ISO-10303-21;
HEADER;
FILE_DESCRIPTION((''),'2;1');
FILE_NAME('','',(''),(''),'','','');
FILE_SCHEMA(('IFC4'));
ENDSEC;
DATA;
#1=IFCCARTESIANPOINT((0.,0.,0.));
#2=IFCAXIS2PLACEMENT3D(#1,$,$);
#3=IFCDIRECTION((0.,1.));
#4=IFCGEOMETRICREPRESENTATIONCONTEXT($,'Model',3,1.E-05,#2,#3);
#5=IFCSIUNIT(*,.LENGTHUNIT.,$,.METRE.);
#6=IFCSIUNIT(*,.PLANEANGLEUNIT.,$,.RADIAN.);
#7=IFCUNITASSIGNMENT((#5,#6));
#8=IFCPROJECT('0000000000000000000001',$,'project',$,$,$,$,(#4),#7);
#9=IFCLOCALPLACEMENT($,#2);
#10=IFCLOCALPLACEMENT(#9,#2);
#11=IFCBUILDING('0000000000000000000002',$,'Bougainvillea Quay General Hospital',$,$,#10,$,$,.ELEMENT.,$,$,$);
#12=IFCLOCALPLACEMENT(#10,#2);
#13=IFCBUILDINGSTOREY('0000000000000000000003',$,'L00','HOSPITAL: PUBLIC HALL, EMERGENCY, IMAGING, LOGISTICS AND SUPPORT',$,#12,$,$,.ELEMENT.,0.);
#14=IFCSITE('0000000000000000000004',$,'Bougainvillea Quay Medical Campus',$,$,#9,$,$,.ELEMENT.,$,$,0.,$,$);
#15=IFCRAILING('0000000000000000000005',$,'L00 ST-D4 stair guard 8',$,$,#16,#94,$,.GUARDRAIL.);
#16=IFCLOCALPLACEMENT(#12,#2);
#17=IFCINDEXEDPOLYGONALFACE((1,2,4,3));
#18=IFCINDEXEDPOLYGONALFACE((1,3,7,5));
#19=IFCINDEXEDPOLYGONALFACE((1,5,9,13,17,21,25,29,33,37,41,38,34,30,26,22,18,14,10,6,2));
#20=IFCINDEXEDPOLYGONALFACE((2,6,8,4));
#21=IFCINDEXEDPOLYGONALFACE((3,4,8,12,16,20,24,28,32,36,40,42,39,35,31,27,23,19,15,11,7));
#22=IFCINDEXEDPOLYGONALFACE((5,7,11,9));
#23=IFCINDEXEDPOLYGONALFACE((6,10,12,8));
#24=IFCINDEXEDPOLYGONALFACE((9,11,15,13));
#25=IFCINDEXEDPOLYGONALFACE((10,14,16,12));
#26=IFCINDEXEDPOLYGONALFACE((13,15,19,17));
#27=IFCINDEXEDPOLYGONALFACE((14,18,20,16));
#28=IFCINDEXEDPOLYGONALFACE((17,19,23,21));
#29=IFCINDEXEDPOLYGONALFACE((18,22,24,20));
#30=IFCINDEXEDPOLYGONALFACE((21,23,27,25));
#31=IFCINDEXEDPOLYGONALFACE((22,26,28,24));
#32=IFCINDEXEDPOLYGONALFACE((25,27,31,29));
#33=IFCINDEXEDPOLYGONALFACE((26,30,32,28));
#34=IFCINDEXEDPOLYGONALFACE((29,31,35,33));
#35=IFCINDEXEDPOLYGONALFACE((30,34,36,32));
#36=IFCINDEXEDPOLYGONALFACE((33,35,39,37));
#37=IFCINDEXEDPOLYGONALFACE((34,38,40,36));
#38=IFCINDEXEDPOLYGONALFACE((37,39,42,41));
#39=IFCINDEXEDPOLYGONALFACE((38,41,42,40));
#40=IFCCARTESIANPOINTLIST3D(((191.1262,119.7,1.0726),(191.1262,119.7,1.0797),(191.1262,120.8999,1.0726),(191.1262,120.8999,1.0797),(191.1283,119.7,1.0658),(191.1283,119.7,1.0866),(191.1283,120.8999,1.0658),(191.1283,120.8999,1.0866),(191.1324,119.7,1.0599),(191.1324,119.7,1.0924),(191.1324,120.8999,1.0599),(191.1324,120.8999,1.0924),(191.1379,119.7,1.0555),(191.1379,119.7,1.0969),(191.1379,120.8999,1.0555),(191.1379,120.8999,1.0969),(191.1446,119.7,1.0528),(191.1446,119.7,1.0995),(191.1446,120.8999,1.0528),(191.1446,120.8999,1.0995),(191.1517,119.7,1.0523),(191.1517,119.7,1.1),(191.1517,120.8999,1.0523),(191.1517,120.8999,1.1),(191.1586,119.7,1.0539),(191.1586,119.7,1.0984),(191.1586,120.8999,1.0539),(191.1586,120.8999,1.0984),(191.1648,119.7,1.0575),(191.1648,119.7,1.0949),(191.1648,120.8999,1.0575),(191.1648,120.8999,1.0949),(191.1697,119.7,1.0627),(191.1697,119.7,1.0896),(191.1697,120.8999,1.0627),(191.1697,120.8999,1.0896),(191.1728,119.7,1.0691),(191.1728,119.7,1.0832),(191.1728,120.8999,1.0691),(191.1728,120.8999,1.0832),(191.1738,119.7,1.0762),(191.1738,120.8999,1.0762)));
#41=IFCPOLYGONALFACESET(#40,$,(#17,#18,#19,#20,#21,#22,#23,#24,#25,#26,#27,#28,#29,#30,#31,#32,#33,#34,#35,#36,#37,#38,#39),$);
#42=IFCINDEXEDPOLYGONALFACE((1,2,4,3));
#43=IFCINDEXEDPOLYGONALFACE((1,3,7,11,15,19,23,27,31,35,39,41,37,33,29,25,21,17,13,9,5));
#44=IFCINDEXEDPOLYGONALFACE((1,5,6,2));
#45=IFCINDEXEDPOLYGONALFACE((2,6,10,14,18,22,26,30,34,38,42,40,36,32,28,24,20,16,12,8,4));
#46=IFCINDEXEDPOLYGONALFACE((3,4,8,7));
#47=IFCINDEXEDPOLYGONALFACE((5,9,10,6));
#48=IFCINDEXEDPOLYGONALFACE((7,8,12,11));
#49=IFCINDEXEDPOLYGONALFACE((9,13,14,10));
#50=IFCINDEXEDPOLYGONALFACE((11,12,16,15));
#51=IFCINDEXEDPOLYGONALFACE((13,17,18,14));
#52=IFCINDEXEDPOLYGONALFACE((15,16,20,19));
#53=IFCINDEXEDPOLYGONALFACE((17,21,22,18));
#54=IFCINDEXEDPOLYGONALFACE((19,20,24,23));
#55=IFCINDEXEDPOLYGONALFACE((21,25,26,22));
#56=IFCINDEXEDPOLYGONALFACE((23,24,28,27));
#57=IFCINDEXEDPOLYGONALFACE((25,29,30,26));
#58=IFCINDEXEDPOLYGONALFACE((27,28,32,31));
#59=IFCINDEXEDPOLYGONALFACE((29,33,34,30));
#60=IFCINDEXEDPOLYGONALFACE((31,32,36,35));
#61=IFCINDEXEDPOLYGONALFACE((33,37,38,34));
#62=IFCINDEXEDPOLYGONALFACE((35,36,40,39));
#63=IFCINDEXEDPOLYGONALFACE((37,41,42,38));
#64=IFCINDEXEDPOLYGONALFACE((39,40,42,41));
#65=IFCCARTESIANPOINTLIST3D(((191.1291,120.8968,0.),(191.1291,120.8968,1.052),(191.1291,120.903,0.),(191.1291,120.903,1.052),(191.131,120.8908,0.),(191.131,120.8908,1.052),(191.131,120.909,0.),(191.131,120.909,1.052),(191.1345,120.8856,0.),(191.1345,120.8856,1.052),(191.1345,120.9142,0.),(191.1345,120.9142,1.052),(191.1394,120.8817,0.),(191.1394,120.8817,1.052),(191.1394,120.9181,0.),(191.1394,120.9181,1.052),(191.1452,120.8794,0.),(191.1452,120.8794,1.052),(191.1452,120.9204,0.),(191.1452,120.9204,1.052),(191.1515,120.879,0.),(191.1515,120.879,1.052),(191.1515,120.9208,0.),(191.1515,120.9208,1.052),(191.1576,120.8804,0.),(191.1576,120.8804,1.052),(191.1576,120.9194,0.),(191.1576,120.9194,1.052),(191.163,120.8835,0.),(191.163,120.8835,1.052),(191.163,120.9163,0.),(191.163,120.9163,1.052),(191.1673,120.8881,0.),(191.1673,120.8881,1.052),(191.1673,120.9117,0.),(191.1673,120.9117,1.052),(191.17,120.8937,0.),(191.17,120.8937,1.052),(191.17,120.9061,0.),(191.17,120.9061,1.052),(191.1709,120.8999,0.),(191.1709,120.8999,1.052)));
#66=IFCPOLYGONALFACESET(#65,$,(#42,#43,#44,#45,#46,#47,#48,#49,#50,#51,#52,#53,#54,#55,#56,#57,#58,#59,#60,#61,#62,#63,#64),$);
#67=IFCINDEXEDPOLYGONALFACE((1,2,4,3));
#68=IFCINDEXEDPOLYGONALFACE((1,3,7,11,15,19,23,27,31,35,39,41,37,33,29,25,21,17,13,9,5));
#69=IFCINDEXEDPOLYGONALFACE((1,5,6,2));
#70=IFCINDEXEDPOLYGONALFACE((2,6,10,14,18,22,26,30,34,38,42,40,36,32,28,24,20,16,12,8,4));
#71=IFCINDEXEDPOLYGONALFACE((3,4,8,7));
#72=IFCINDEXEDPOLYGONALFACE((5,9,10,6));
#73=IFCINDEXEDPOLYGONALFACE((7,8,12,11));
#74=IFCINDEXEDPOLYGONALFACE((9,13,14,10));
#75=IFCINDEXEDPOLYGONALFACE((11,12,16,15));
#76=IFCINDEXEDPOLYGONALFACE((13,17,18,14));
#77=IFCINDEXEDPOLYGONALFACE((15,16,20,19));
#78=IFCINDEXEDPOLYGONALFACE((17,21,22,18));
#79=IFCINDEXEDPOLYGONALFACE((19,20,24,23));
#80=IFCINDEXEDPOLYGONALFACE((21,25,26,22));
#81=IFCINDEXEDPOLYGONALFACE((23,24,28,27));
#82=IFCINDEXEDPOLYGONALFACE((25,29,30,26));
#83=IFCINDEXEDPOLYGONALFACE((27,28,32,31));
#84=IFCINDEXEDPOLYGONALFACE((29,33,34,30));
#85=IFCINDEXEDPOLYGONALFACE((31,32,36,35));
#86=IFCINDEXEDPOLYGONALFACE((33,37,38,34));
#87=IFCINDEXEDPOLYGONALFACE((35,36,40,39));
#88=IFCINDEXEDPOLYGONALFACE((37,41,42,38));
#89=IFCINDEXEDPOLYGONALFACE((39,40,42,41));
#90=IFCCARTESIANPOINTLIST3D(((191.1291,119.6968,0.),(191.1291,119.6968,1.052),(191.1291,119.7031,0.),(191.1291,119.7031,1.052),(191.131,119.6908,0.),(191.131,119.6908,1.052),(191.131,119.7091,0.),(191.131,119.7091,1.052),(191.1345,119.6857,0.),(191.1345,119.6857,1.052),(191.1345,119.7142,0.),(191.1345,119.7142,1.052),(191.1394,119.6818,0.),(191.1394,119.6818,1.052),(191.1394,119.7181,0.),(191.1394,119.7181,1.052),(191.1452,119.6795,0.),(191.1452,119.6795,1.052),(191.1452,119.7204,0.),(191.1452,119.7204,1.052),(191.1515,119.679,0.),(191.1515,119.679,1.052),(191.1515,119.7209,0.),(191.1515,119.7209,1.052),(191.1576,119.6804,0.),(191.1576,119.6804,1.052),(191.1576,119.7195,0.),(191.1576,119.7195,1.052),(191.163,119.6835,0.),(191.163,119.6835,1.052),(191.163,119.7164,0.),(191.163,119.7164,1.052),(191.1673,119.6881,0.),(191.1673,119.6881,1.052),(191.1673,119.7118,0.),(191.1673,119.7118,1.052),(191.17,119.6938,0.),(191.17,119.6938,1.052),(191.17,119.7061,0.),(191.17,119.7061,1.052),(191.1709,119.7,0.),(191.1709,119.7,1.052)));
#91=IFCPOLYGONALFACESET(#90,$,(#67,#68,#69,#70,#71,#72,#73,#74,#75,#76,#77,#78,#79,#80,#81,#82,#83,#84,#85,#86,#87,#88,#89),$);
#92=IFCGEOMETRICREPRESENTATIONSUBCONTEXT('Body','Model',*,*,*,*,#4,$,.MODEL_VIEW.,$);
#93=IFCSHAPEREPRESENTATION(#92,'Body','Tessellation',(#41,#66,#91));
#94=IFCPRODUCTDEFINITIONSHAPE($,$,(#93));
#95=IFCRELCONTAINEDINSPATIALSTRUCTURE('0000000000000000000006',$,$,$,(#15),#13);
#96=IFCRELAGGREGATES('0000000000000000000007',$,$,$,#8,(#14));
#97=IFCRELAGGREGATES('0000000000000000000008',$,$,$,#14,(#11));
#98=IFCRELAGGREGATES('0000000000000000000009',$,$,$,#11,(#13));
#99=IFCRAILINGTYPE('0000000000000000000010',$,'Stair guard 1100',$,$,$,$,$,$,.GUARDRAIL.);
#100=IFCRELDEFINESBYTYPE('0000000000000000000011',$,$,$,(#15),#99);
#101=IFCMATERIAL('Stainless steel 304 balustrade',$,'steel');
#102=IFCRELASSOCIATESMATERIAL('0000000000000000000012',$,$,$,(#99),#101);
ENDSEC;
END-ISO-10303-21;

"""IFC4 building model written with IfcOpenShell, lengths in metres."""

from ifc_helpers import new_model, si_unit, direction, frame, origin, origin_2d, place, context, subcontext, project, spatial, circle, extrude, material, type_object, element, save


model = new_model("IFC4")

# Units and contexts
model_context = context("Model", 3, precision=1e-05, world=origin(), true_north=direction((0.0, 1.0)))
body_context = subcontext(model_context, "Body", "Model", "MODEL_VIEW")
ifc_project = project(units=[si_unit("LENGTHUNIT", "METRE"), si_unit("PLANEANGLEUNIT", "RADIAN")], contexts=[model_context])

# Site, building, storey
site_placement = place(None, origin())
site = spatial("IfcSite", under=ifc_project, at=site_placement, Name="Bougainvillea Quay Medical Campus", CompositionType="ELEMENT", RefElevation=0.0)
building_placement = place(site_placement, origin())
building = spatial("IfcBuilding", under=site, at=building_placement, Name="Bougainvillea Quay General Hospital", CompositionType="ELEMENT")
storey_placement = place(building_placement, origin())
storey = spatial("IfcBuildingStorey", under=building, at=storey_placement, Name="L00", Description="HOSPITAL: PUBLIC HALL, EMERGENCY, IMAGING, LOGISTICS AND SUPPORT", CompositionType="ELEMENT", Elevation=0.0)

# Railing
ifc_material_1 = material(Name="Stainless steel 304 balustrade", Category="steel")
railing_type_1 = type_object("IfcRailingType", Name="Stair guard 1100", PredefinedType="GUARDRAIL", material=ifc_material_1)
railing_1_placement = place(storey_placement, frame((191.1499, 120.8999, 0.0)))
element("IfcRailing", 1, at=railing_1_placement, inside=storey, type_object=railing_type_1, Name="L00 ST-D4 stair guard 8", PredefinedType="GUARDRAIL", context=body_context, shape_type="SweptSolid", body=[
    extrude(circle(Radius=0.0239, at=origin_2d()), frame((0.0, 0.0, 1.0762), z_axis=(0.0, -1.0, 0.0), x_axis=(1.0, 0.0, 0.0)), (0.0, 0.0, 1.0), 1.2),
    extrude(circle(Radius=0.021, at=origin_2d()), origin(), (0.0, 0.0, 1.0), 1.052),
    extrude(circle(Radius=0.021, at=origin_2d()), frame((0.0, -1.2, 0.0)), (0.0, 0.0, 1.0), 1.052),
])

save(model, "model.ifc")
